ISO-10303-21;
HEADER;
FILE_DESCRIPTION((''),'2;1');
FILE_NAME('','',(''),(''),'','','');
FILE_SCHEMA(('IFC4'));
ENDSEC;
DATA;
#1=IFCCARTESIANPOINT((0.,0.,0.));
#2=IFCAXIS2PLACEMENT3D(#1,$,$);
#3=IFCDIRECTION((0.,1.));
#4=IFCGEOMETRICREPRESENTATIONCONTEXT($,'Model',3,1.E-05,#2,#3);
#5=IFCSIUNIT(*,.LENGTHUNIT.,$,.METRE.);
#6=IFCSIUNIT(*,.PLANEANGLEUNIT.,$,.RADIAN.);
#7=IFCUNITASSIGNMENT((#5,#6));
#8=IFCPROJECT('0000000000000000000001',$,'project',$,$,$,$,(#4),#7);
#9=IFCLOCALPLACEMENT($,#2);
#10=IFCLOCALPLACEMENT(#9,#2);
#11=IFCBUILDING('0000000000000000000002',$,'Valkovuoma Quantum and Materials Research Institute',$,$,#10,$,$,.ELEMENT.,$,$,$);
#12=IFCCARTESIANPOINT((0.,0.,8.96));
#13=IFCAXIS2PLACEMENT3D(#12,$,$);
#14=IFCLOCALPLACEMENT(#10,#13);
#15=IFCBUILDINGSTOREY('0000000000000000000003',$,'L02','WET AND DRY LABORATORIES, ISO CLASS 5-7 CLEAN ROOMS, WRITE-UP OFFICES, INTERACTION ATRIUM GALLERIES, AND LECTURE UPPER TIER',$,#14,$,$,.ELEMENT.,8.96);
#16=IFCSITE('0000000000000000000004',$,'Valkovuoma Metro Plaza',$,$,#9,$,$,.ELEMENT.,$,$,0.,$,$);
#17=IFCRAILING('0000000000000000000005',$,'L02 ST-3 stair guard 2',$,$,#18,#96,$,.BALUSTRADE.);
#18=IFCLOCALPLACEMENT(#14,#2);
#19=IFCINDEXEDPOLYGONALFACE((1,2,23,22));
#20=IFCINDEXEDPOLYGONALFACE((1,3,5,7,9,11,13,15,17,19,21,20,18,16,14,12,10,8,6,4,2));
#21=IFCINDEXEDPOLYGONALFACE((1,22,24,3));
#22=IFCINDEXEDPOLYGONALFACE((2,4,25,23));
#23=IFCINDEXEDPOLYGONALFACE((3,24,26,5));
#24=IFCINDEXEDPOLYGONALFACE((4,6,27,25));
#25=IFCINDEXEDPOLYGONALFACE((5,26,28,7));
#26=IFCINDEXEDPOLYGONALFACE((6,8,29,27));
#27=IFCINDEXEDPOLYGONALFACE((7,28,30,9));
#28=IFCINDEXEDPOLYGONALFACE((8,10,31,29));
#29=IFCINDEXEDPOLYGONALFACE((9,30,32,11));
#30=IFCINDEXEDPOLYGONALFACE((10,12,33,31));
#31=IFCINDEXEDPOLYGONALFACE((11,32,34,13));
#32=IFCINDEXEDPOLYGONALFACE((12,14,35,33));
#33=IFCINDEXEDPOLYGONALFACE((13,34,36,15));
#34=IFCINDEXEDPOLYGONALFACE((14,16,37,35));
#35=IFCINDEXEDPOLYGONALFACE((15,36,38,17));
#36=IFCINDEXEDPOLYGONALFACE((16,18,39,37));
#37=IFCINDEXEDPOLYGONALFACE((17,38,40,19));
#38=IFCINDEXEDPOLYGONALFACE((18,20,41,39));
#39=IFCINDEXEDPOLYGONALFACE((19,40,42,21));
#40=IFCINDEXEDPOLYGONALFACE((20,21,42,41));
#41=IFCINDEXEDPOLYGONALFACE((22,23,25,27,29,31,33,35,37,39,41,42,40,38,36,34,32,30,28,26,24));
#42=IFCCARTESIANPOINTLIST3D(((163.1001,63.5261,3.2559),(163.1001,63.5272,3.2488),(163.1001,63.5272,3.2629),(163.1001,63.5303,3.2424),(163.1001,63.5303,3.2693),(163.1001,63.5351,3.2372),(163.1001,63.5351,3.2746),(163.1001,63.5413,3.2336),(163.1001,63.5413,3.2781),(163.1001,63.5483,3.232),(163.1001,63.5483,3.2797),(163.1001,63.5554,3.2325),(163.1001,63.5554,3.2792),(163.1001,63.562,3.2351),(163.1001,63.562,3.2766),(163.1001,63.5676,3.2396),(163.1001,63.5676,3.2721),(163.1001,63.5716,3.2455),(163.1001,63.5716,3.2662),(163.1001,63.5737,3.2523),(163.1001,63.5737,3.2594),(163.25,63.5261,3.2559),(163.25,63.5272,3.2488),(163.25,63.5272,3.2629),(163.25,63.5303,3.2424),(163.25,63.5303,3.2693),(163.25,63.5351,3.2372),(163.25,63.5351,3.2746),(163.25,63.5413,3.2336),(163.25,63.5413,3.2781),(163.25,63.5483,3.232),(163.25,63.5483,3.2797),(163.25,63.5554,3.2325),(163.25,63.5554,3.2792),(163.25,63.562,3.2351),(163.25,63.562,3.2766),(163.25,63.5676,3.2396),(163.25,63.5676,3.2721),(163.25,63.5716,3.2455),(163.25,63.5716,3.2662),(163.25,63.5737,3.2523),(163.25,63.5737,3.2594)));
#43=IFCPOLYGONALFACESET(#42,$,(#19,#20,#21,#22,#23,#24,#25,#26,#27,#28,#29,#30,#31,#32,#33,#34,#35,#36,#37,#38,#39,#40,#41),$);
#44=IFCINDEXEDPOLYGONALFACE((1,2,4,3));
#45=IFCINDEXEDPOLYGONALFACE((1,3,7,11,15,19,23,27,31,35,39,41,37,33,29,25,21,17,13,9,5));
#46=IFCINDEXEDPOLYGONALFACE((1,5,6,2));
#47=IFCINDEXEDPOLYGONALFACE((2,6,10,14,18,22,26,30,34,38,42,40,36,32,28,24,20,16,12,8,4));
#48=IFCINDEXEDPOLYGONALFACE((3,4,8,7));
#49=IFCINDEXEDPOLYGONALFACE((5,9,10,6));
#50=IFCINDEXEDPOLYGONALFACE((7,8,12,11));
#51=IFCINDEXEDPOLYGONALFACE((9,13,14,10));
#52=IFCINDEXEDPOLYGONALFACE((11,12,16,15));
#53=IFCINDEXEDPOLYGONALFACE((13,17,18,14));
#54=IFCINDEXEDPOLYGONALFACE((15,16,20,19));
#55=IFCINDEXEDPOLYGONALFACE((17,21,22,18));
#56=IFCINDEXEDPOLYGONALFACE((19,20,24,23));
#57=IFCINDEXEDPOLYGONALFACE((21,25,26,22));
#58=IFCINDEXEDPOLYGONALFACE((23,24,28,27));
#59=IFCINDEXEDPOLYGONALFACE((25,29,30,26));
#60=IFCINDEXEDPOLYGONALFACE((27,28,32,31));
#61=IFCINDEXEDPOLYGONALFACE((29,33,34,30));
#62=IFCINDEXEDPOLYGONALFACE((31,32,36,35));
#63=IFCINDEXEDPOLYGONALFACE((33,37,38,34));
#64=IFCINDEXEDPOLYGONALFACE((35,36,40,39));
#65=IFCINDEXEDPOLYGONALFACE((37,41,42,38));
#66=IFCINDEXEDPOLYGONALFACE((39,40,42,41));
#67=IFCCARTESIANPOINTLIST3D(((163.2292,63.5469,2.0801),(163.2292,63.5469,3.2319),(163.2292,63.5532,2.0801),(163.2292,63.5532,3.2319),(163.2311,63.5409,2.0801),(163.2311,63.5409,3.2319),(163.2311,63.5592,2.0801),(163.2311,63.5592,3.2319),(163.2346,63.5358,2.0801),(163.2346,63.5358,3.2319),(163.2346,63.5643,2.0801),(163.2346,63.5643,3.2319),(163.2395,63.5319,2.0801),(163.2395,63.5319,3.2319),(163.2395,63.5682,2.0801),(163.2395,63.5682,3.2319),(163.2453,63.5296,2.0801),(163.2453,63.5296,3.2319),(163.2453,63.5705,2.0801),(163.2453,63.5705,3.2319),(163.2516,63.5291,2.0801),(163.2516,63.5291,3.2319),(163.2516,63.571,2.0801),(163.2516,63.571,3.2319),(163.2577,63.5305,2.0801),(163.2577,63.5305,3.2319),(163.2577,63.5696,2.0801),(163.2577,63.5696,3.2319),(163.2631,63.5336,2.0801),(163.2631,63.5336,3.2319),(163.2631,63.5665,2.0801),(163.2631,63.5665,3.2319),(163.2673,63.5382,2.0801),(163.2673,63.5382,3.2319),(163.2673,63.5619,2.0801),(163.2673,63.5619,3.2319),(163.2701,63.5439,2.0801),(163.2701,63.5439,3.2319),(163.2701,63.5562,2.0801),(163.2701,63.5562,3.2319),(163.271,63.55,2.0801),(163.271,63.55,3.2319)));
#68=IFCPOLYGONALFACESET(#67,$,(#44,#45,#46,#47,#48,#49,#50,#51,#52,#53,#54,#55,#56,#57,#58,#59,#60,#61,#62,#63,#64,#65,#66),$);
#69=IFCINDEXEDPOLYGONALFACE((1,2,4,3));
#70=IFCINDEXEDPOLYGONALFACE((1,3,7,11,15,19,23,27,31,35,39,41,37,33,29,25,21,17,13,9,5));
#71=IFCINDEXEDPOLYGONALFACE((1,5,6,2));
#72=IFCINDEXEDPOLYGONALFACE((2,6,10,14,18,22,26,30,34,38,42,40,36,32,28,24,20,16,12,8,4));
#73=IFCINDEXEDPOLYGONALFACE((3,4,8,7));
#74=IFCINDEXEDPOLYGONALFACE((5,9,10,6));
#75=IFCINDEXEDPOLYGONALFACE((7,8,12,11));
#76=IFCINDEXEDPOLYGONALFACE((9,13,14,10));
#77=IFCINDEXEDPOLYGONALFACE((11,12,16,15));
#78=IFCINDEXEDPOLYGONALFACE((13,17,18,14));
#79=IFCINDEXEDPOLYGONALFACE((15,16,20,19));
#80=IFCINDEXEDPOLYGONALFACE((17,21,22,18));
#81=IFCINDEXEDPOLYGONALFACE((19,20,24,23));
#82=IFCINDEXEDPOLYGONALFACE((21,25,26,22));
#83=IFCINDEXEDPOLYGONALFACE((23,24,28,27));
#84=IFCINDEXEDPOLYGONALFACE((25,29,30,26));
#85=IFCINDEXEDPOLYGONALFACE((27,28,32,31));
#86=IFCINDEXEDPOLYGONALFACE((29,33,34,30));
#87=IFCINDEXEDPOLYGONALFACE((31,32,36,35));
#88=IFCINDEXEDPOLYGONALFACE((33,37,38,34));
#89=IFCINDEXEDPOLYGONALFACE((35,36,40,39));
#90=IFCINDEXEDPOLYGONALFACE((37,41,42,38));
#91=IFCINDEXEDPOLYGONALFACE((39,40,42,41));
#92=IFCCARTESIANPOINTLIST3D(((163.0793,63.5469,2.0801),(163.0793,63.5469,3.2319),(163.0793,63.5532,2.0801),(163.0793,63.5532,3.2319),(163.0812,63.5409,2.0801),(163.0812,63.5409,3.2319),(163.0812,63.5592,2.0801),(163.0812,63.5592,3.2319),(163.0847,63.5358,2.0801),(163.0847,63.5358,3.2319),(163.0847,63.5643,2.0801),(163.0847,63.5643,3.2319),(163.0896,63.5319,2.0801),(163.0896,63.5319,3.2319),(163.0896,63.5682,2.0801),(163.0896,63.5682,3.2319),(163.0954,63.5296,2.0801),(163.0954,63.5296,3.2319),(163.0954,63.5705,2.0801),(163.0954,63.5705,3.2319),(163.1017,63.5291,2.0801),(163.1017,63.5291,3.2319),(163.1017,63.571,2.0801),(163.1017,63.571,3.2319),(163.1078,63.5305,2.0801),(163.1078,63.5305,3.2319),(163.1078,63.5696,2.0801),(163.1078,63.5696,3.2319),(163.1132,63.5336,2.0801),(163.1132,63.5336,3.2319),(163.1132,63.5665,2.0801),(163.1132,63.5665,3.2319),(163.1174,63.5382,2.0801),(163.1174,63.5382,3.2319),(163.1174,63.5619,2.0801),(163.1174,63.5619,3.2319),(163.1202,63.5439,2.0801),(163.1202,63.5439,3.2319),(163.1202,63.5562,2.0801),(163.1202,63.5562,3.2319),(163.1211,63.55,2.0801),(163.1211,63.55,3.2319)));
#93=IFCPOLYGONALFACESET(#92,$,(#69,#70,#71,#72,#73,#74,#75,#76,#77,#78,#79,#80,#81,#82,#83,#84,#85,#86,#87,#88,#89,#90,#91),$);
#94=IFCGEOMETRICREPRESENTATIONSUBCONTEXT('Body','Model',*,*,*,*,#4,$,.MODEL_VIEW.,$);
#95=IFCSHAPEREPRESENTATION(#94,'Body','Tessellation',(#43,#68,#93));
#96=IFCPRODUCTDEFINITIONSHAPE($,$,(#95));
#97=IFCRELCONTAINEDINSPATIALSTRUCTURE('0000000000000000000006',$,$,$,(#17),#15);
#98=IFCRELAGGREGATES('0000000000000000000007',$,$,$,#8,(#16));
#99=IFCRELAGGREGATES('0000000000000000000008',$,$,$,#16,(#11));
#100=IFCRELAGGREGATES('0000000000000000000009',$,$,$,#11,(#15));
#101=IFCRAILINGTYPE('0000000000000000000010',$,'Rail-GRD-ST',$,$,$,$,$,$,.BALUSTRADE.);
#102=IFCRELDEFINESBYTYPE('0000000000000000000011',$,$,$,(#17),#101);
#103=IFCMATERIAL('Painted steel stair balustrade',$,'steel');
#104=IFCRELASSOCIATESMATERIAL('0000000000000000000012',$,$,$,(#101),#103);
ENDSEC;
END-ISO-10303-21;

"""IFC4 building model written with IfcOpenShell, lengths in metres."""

from ifc_helpers import new_model, si_unit, direction, frame, origin, origin_2d, place, context, subcontext, project, spatial, circle, extrude, material, type_object, element, save


model = new_model("IFC4")

# Units and contexts
model_context = context("Model", 3, precision=1e-05, world=origin(), true_north=direction((0.0, 1.0)))
body_context = subcontext(model_context, "Body", "Model", "MODEL_VIEW")
ifc_project = project(units=[si_unit("LENGTHUNIT", "METRE"), si_unit("PLANEANGLEUNIT", "RADIAN")], contexts=[model_context])

# Site, building, storey
site_placement = place(None, origin())
site = spatial("IfcSite", under=ifc_project, at=site_placement, Name="Valkovuoma Metro Plaza", CompositionType="ELEMENT", RefElevation=0.0)
building_placement = place(site_placement, origin())
building = spatial("IfcBuilding", under=site, at=building_placement, Name="Valkovuoma Quantum and Materials Research Institute", CompositionType="ELEMENT")
storey_placement = place(building_placement, frame((0.0, 0.0, 8.96)))
storey = spatial("IfcBuildingStorey", under=building, at=storey_placement, Name="L02", Description="WET AND DRY LABORATORIES, ISO CLASS 5-7 CLEAN ROOMS, WRITE-UP OFFICES, INTERACTION ATRIUM GALLERIES, AND LECTURE UPPER TIER", CompositionType="ELEMENT", Elevation=8.96)

# Railing
ifc_material_1 = material(Name="Painted steel stair balustrade", Category="steel")
railing_type_1 = type_object("IfcRailingType", Name="Rail-GRD-ST", PredefinedType="BALUSTRADE", material=ifc_material_1)
railing_1_placement = place(storey_placement, frame((163.25, 63.55, 2.0801)))
element("IfcRailing", 1, at=railing_1_placement, inside=storey, type_object=railing_type_1, Name="L02 ST-3 stair guard 2", PredefinedType="BALUSTRADE", context=body_context, shape_type="SweptSolid", body=[
    extrude(circle(Radius=0.0239, at=origin_2d()), frame((0.0, 0.0, 1.1758), z_axis=(-1.0, 0.0, 0.0), x_axis=(0.0, -1.0, 0.0)), (0.0, 0.0, 1.0), 0.1499),
    extrude(circle(Radius=0.021, at=origin_2d()), origin(), (0.0, 0.0, 1.0), 1.1519),
    extrude(circle(Radius=0.021, at=origin_2d()), frame((-0.1499, 0.0, 0.0)), (0.0, 0.0, 1.0), 1.1519),
])

save(model, "model.ifc")
